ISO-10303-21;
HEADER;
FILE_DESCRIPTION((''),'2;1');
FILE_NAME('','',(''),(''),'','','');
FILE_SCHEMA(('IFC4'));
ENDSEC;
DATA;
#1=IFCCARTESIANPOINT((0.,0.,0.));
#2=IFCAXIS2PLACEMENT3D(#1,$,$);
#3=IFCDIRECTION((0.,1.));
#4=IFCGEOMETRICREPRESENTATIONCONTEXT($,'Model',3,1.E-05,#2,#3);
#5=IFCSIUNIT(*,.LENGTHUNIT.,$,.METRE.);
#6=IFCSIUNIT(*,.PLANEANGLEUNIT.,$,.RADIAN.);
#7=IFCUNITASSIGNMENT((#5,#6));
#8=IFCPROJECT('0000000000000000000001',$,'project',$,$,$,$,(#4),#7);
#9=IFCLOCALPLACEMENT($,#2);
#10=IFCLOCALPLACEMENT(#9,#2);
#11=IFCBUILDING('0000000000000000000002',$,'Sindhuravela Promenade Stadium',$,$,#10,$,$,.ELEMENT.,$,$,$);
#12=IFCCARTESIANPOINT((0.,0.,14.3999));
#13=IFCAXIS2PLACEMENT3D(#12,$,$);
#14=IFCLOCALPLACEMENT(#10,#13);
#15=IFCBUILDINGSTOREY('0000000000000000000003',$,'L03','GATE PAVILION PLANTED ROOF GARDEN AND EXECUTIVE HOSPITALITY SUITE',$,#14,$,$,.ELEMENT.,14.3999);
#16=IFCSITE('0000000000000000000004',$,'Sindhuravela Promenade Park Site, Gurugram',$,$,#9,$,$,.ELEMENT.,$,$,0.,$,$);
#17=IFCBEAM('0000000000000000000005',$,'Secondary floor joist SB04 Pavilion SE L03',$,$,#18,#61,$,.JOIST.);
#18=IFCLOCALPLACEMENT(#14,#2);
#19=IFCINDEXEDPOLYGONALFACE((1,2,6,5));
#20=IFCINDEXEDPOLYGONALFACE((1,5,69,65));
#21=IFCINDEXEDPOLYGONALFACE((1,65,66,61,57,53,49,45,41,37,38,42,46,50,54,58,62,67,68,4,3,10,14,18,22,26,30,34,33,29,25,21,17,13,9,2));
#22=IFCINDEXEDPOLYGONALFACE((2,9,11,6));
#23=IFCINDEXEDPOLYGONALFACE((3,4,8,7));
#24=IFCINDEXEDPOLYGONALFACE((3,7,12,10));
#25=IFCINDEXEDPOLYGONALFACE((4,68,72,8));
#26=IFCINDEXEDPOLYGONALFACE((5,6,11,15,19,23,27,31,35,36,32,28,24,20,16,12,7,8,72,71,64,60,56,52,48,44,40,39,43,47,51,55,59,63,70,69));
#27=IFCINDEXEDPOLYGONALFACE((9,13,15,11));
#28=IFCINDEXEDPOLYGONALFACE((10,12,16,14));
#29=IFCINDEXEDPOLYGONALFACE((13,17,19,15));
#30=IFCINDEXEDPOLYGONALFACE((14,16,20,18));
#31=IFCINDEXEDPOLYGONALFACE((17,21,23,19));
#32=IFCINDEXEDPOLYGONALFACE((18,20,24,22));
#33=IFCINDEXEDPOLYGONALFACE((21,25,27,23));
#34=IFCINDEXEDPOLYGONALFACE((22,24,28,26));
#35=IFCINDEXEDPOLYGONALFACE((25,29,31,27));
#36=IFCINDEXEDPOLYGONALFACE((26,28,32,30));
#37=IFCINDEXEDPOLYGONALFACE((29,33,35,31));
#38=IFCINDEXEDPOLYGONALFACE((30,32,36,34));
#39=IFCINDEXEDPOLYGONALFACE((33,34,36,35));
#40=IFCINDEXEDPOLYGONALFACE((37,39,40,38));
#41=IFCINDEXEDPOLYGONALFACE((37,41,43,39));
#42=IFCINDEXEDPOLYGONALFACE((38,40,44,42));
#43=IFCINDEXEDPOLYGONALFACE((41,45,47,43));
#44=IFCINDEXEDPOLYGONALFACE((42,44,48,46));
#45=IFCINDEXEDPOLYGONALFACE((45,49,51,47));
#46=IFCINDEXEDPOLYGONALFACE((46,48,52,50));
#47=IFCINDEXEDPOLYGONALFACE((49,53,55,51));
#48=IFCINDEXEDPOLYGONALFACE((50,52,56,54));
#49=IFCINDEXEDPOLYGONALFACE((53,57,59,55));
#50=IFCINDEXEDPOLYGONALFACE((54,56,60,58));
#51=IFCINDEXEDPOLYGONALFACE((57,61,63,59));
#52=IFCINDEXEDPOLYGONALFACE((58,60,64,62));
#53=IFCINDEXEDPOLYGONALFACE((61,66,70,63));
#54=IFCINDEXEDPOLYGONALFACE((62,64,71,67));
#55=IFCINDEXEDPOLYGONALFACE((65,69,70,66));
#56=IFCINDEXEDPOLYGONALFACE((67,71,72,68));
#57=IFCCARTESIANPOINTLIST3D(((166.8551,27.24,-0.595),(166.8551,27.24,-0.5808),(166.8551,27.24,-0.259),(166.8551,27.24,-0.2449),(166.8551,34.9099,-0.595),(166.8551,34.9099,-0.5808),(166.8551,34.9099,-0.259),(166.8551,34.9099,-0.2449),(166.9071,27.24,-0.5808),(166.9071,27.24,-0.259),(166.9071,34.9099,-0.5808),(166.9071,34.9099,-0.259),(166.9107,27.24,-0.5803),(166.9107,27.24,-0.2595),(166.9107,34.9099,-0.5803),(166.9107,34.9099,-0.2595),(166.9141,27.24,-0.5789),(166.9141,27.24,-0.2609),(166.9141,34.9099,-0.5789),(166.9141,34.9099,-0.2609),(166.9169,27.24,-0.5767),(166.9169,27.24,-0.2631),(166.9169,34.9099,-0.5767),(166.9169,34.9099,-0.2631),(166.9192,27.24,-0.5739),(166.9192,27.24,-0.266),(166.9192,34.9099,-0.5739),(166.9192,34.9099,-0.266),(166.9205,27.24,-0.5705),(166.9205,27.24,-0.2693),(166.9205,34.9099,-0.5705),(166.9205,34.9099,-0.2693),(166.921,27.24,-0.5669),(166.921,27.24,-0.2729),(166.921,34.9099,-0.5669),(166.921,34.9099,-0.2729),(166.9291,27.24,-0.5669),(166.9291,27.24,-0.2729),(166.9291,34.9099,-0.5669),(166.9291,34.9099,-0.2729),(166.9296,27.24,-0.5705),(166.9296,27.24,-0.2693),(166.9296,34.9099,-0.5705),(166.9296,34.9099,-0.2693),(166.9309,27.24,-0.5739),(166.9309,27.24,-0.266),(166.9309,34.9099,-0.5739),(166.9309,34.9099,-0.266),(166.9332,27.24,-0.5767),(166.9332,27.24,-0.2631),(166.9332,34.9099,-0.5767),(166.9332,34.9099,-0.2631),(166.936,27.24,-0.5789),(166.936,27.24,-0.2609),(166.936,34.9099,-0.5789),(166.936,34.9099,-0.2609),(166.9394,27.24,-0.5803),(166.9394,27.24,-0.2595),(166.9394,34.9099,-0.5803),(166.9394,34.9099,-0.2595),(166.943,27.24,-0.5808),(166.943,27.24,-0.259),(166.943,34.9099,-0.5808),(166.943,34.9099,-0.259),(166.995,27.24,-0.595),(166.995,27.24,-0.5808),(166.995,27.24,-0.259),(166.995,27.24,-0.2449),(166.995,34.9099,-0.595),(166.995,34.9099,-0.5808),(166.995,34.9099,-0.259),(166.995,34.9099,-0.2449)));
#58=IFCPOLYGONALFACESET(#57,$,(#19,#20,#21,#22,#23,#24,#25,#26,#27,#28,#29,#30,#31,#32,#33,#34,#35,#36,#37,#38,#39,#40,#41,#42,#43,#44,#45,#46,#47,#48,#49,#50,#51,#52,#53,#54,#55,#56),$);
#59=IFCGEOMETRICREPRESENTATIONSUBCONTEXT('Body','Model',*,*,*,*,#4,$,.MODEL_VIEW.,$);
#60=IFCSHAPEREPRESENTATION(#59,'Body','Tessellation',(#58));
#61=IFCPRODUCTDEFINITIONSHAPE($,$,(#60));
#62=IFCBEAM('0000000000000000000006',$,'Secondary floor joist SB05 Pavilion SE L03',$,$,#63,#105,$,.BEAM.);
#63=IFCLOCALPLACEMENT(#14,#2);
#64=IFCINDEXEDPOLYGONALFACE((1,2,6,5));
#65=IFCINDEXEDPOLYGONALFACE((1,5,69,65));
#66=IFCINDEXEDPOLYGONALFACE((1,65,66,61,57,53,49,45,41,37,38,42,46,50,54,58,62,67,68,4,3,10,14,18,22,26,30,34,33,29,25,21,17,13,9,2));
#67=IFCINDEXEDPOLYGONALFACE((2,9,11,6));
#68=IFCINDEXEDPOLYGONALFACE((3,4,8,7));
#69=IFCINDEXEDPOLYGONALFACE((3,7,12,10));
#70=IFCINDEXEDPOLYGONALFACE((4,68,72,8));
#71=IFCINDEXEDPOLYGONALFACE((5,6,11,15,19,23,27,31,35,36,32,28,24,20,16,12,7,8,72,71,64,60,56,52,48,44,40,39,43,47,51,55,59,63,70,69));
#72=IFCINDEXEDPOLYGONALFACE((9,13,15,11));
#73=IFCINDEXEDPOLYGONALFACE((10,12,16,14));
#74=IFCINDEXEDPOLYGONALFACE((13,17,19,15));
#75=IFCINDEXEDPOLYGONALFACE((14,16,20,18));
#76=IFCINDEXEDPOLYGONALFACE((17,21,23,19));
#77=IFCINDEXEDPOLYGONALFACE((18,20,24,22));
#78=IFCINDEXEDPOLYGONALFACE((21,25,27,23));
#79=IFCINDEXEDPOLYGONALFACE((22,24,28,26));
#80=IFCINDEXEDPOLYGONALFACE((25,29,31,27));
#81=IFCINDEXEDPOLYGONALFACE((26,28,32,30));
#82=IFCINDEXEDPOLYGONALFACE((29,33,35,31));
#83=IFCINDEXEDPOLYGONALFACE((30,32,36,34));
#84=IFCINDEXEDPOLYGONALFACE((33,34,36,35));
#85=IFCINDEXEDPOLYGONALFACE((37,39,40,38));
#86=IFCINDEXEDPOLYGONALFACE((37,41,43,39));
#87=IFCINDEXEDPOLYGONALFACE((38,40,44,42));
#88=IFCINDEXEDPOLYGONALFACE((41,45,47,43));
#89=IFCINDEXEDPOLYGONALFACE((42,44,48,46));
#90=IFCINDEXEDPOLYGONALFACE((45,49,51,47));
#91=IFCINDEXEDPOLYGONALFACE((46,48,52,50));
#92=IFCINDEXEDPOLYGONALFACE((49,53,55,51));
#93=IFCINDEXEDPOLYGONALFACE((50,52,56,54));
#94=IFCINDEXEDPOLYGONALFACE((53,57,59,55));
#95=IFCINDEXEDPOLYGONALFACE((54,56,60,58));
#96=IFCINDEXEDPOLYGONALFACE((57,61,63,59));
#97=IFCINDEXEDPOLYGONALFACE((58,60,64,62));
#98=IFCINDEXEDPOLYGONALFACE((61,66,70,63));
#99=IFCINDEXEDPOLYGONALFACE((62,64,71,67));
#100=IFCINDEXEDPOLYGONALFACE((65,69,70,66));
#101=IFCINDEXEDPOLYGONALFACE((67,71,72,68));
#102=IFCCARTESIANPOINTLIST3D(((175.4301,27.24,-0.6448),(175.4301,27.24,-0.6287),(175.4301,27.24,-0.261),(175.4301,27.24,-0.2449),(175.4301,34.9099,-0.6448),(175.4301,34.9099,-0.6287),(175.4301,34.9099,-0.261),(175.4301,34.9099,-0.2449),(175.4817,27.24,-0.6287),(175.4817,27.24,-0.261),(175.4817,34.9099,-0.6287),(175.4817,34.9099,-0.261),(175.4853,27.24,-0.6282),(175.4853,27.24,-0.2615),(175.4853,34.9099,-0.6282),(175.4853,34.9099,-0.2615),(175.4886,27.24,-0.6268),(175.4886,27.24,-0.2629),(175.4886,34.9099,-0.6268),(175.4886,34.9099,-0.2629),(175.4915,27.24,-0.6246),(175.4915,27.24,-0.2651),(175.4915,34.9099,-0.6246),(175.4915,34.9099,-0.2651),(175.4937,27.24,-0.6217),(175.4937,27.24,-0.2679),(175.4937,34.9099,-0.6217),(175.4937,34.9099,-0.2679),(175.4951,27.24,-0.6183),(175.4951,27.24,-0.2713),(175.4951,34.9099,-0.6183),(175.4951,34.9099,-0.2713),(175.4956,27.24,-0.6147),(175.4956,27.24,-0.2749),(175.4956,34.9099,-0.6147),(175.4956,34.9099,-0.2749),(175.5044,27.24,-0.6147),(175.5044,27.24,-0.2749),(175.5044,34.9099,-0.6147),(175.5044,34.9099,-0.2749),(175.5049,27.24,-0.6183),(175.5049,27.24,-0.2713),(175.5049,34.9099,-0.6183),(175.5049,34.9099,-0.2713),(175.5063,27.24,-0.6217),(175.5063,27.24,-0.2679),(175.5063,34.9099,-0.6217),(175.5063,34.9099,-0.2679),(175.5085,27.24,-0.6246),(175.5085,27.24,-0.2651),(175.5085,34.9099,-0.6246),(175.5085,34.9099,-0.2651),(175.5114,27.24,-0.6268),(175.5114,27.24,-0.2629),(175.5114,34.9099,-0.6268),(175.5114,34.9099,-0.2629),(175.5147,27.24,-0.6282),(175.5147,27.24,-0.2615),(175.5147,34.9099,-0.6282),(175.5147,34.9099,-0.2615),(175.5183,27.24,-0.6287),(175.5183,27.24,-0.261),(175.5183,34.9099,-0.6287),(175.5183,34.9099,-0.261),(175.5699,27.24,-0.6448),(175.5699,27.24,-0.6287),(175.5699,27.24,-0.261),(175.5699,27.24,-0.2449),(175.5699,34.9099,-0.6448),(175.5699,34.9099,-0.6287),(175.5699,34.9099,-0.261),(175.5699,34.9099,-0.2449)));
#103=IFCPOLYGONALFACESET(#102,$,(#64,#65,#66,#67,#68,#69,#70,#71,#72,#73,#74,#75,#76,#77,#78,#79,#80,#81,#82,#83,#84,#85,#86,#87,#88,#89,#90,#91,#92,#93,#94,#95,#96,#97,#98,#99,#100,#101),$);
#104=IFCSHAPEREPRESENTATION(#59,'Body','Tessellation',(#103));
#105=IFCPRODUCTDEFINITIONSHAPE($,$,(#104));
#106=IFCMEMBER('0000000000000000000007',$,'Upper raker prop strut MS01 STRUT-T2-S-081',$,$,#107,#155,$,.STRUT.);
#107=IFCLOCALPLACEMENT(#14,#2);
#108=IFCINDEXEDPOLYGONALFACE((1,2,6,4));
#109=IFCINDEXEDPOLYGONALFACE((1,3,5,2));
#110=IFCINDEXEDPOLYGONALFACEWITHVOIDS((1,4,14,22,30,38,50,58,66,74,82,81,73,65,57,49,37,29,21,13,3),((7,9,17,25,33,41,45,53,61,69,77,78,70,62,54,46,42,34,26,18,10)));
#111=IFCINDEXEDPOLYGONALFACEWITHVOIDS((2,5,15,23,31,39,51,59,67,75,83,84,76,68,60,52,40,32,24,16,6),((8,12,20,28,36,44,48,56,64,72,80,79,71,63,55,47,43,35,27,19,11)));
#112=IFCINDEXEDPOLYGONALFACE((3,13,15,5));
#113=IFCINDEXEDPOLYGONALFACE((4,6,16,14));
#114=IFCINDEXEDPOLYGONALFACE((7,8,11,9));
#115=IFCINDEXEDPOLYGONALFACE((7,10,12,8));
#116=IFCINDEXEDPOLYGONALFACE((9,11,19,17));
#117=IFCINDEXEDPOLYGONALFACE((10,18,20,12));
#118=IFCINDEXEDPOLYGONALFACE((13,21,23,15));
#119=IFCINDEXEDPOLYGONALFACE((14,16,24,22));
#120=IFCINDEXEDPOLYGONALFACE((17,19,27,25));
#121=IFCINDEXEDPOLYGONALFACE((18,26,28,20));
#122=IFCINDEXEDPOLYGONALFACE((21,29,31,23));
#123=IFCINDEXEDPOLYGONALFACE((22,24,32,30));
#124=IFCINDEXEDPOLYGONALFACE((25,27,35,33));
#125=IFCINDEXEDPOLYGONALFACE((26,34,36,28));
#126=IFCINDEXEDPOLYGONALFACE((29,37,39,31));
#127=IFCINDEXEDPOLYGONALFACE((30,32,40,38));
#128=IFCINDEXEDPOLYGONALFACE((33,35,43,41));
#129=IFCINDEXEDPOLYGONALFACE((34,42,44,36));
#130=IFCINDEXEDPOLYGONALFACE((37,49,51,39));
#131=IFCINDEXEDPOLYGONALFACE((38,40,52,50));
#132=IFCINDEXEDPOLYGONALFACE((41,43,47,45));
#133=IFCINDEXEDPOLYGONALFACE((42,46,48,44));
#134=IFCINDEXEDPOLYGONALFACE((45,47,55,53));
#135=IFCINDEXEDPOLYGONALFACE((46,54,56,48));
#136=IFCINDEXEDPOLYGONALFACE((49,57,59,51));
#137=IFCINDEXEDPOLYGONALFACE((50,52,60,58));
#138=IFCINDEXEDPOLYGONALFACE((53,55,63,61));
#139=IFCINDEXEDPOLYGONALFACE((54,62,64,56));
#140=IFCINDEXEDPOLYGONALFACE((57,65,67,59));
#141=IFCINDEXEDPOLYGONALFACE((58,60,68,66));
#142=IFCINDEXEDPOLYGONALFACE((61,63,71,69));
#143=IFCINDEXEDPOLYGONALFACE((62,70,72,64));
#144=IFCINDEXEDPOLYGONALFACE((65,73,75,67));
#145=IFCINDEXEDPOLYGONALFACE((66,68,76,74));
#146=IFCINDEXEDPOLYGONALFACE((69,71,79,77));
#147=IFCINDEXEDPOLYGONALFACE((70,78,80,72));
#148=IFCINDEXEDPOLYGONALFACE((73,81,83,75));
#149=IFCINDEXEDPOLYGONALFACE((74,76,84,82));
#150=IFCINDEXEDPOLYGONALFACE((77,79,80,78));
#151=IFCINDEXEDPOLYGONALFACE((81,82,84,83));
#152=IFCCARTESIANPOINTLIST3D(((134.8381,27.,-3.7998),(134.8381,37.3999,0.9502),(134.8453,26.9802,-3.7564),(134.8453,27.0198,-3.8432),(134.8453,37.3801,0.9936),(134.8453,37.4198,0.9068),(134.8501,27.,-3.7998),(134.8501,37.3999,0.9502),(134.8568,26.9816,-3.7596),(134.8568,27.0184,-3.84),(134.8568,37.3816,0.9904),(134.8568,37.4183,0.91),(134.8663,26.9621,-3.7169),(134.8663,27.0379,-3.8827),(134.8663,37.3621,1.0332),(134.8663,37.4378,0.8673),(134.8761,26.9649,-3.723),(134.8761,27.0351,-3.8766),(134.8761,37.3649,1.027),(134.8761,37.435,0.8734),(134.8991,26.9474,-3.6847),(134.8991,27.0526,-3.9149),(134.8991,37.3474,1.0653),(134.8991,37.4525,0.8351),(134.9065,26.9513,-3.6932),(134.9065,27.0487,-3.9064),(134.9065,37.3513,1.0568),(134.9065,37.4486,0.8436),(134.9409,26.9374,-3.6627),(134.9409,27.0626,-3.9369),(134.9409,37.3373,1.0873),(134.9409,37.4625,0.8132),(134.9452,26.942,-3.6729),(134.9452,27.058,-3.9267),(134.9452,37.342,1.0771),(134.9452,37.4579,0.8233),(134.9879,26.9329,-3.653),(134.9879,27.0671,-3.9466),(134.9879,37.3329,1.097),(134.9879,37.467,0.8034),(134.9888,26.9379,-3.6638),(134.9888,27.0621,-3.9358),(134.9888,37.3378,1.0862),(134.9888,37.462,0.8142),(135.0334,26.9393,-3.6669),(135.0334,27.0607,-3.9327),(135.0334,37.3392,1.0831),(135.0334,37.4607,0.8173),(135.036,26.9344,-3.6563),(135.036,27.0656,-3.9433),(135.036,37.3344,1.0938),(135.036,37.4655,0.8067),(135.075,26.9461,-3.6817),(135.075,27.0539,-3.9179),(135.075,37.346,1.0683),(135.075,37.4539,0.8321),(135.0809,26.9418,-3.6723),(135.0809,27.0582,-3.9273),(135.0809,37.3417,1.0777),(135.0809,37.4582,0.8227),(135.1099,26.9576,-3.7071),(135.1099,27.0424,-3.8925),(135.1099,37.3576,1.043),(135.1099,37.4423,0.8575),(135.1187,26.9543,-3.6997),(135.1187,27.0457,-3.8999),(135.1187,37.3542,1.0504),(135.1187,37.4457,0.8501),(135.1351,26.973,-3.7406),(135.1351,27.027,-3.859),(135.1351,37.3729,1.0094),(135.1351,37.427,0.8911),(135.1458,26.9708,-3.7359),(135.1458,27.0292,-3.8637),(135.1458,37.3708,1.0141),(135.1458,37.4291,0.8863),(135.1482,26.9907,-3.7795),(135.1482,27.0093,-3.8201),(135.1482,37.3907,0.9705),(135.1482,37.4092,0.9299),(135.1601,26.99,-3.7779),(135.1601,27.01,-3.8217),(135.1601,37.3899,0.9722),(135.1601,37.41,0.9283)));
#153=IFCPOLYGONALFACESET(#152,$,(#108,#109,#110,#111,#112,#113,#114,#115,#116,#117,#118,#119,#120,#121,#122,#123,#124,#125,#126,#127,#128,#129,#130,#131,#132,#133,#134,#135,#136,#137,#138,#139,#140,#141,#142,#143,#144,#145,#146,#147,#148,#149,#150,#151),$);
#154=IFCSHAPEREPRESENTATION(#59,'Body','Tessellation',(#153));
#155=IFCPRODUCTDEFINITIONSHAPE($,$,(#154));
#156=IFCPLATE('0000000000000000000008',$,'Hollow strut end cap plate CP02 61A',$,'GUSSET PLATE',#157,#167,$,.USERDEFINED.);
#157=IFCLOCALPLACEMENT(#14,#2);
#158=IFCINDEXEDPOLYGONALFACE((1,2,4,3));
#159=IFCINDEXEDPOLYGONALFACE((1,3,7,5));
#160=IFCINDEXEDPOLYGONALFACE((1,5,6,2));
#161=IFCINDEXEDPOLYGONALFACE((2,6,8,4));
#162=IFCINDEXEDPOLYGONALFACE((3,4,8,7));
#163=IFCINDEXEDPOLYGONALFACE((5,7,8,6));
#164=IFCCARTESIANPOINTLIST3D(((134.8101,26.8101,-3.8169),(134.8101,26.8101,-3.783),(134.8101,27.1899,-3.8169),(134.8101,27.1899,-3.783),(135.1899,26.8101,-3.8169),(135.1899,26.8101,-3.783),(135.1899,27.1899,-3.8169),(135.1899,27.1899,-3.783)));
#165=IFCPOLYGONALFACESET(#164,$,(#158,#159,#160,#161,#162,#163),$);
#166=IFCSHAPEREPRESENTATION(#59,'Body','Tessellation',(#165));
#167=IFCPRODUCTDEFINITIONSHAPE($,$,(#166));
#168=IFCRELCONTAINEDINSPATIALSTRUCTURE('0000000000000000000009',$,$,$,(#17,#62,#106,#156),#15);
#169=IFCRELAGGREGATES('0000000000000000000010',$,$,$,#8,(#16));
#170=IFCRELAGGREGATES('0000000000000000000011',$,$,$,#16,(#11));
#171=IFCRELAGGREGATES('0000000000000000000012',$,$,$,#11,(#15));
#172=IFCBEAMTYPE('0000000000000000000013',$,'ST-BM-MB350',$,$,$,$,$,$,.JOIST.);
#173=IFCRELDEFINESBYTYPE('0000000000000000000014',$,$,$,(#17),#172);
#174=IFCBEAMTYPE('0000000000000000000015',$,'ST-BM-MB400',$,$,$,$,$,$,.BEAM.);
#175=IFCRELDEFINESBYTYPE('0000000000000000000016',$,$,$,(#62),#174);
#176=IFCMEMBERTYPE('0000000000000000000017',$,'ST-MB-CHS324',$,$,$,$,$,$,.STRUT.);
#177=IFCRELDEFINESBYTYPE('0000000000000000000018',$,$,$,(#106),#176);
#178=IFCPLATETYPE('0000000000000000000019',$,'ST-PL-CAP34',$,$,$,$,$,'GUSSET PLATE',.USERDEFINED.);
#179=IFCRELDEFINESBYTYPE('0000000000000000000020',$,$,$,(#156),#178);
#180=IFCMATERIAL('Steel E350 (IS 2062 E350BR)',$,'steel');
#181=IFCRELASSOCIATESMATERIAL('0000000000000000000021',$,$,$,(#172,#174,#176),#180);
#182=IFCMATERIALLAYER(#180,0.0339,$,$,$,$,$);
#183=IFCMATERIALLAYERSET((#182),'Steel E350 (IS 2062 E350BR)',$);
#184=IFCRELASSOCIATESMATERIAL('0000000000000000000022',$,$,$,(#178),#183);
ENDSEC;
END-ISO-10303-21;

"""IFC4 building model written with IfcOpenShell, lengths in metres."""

from ifc_helpers import new_model, si_unit, direction, frame, origin, origin_2d, place, context, subcontext, project, spatial, rectangle, hollow_circle, i_section, extrude, material, layer, layer_set, material_profile, profile_set, type_object, element, save


model = new_model("IFC4")

# Units and contexts
model_context = context("Model", 3, precision=1e-05, world=origin(), true_north=direction((0.0, 1.0)))
body_context = subcontext(model_context, "Body", "Model", "MODEL_VIEW")
ifc_project = project(units=[si_unit("LENGTHUNIT", "METRE"), si_unit("PLANEANGLEUNIT", "RADIAN")], contexts=[model_context])

# Site, building, storey
site_placement = place(None, origin())
site = spatial("IfcSite", under=ifc_project, at=site_placement, Name="Sindhuravela Promenade Park Site, Gurugram", CompositionType="ELEMENT", RefElevation=0.0)
building_placement = place(site_placement, origin())
building = spatial("IfcBuilding", under=site, at=building_placement, Name="Sindhuravela Promenade Stadium", CompositionType="ELEMENT")
storey_placement = place(building_placement, frame((0.0, 0.0, 14.3999)))
storey = spatial("IfcBuildingStorey", under=building, at=storey_placement, Name="L03", Description="GATE PAVILION PLANTED ROOF GARDEN AND EXECUTIVE HOSPITALITY SUITE", CompositionType="ELEMENT", Elevation=14.3999)

# Beams
ifc_material_1 = material(Name="Steel E350 (IS 2062 E350BR)", Category="steel")
ifc_material_profile_1 = material_profile(ifc_material_1, i_section(OverallWidth=0.1399, OverallDepth=0.3501, WebThickness=0.0081, FlangeThickness=0.0142, FilletRadius=0.0139, at=origin_2d()), Name="ISMB 350")
ifc_profile_set_1 = profile_set([ifc_material_profile_1], Name="Steel E350 (IS 2062 E350BR)")
beam_type_1 = type_object("IfcBeamType", Name="ST-BM-MB350", PredefinedType="JOIST", material=ifc_profile_set_1)
beam_1_placement = place(storey_placement, frame((166.925, 27.24, -0.4199), z_axis=(0.0, 1.0, 0.0), x_axis=(-1.0, 0.0, 0.0)))
element("IfcBeam", 1, at=beam_1_placement, inside=storey, type_object=beam_type_1, Name="Secondary floor joist SB04 Pavilion SE L03", PredefinedType="JOIST", context=body_context, shape_type="SweptSolid", body=[
    extrude(i_section(OverallWidth=0.1399, OverallDepth=0.3501, WebThickness=0.0081, FlangeThickness=0.0142, FilletRadius=0.0139, at=origin_2d()), origin(), (0.0, 0.0, 1.0), 7.6699),
])
ifc_material_profile_2 = material_profile(ifc_material_1, i_section(OverallWidth=0.1399, OverallDepth=0.3999, WebThickness=0.0088, FlangeThickness=0.0161, FilletRadius=0.0139, at=origin_2d()), Name="ISMB 400")
ifc_profile_set_2 = profile_set([ifc_material_profile_2], Name="Steel E350 (IS 2062 E350BR)")
beam_type_2 = type_object("IfcBeamType", Name="ST-BM-MB400", PredefinedType="BEAM", material=ifc_profile_set_2)
beam_2_placement = place(storey_placement, frame((175.5, 27.24, -0.4448), z_axis=(0.0, 1.0, 0.0), x_axis=(-1.0, 0.0, 0.0)))
element("IfcBeam", 2, at=beam_2_placement, inside=storey, type_object=beam_type_2, Name="Secondary floor joist SB05 Pavilion SE L03", PredefinedType="BEAM", context=body_context, shape_type="SweptSolid", body=[
    extrude(i_section(OverallWidth=0.1399, OverallDepth=0.3999, WebThickness=0.0088, FlangeThickness=0.0161, FilletRadius=0.0139, at=origin_2d()), origin(), (0.0, 0.0, 1.0), 7.6699),
])

# Member
ifc_material_profile_3 = material_profile(ifc_material_1, hollow_circle(Radius=0.1619, WallThickness=0.012, at=origin_2d()), Name="CHS 323.9x12")
ifc_profile_set_3 = profile_set([ifc_material_profile_3], Name="Steel E350 (IS 2062 E350BR)")
member_type = type_object("IfcMemberType", Name="ST-MB-CHS324", PredefinedType="STRUT", material=ifc_profile_set_3)
member_placement = place(storey_placement, frame((135.0, 27.0, -3.7998), z_axis=(0.0, 0.909615, 0.415453), x_axis=(-1.0, 0.0, 0.0)))
element("IfcMember", 3, at=member_placement, inside=storey, type_object=member_type, Name="Upper raker prop strut MS01 STRUT-T2-S-081", PredefinedType="STRUT", context=body_context, shape_type="SweptSolid", body=[
    extrude(hollow_circle(Radius=0.1619, WallThickness=0.012, at=origin_2d()), origin(), (0.0, 0.0, 1.0), 11.4333),
])

# Plate
ifc_layer_1 = layer(ifc_material_1, 0.0339)
ifc_layer_set_1 = layer_set([ifc_layer_1], Name="Steel E350 (IS 2062 E350BR)")
plate_type = type_object("IfcPlateType", Name="ST-PL-CAP34", ElementType="GUSSET PLATE", PredefinedType="USERDEFINED", material=ifc_layer_set_1)
plate_placement = place(storey_placement, frame((135.0, 27.0, -3.8169), z_axis=(0.0, 0.0, 1.0), x_axis=(1.0, 0.0, 0.0)))
element("IfcPlate", 4, at=plate_placement, inside=storey, type_object=plate_type, Name="Hollow strut end cap plate CP02 61A", ObjectType="GUSSET PLATE", PredefinedType="USERDEFINED", context=body_context, shape_type="SweptSolid", body=[
    extrude(rectangle(XDim=0.3799, YDim=0.3799, at=origin_2d()), origin(), (0.0, 0.0, 1.0), 0.0339),
])

save(model, "model.ifc")
